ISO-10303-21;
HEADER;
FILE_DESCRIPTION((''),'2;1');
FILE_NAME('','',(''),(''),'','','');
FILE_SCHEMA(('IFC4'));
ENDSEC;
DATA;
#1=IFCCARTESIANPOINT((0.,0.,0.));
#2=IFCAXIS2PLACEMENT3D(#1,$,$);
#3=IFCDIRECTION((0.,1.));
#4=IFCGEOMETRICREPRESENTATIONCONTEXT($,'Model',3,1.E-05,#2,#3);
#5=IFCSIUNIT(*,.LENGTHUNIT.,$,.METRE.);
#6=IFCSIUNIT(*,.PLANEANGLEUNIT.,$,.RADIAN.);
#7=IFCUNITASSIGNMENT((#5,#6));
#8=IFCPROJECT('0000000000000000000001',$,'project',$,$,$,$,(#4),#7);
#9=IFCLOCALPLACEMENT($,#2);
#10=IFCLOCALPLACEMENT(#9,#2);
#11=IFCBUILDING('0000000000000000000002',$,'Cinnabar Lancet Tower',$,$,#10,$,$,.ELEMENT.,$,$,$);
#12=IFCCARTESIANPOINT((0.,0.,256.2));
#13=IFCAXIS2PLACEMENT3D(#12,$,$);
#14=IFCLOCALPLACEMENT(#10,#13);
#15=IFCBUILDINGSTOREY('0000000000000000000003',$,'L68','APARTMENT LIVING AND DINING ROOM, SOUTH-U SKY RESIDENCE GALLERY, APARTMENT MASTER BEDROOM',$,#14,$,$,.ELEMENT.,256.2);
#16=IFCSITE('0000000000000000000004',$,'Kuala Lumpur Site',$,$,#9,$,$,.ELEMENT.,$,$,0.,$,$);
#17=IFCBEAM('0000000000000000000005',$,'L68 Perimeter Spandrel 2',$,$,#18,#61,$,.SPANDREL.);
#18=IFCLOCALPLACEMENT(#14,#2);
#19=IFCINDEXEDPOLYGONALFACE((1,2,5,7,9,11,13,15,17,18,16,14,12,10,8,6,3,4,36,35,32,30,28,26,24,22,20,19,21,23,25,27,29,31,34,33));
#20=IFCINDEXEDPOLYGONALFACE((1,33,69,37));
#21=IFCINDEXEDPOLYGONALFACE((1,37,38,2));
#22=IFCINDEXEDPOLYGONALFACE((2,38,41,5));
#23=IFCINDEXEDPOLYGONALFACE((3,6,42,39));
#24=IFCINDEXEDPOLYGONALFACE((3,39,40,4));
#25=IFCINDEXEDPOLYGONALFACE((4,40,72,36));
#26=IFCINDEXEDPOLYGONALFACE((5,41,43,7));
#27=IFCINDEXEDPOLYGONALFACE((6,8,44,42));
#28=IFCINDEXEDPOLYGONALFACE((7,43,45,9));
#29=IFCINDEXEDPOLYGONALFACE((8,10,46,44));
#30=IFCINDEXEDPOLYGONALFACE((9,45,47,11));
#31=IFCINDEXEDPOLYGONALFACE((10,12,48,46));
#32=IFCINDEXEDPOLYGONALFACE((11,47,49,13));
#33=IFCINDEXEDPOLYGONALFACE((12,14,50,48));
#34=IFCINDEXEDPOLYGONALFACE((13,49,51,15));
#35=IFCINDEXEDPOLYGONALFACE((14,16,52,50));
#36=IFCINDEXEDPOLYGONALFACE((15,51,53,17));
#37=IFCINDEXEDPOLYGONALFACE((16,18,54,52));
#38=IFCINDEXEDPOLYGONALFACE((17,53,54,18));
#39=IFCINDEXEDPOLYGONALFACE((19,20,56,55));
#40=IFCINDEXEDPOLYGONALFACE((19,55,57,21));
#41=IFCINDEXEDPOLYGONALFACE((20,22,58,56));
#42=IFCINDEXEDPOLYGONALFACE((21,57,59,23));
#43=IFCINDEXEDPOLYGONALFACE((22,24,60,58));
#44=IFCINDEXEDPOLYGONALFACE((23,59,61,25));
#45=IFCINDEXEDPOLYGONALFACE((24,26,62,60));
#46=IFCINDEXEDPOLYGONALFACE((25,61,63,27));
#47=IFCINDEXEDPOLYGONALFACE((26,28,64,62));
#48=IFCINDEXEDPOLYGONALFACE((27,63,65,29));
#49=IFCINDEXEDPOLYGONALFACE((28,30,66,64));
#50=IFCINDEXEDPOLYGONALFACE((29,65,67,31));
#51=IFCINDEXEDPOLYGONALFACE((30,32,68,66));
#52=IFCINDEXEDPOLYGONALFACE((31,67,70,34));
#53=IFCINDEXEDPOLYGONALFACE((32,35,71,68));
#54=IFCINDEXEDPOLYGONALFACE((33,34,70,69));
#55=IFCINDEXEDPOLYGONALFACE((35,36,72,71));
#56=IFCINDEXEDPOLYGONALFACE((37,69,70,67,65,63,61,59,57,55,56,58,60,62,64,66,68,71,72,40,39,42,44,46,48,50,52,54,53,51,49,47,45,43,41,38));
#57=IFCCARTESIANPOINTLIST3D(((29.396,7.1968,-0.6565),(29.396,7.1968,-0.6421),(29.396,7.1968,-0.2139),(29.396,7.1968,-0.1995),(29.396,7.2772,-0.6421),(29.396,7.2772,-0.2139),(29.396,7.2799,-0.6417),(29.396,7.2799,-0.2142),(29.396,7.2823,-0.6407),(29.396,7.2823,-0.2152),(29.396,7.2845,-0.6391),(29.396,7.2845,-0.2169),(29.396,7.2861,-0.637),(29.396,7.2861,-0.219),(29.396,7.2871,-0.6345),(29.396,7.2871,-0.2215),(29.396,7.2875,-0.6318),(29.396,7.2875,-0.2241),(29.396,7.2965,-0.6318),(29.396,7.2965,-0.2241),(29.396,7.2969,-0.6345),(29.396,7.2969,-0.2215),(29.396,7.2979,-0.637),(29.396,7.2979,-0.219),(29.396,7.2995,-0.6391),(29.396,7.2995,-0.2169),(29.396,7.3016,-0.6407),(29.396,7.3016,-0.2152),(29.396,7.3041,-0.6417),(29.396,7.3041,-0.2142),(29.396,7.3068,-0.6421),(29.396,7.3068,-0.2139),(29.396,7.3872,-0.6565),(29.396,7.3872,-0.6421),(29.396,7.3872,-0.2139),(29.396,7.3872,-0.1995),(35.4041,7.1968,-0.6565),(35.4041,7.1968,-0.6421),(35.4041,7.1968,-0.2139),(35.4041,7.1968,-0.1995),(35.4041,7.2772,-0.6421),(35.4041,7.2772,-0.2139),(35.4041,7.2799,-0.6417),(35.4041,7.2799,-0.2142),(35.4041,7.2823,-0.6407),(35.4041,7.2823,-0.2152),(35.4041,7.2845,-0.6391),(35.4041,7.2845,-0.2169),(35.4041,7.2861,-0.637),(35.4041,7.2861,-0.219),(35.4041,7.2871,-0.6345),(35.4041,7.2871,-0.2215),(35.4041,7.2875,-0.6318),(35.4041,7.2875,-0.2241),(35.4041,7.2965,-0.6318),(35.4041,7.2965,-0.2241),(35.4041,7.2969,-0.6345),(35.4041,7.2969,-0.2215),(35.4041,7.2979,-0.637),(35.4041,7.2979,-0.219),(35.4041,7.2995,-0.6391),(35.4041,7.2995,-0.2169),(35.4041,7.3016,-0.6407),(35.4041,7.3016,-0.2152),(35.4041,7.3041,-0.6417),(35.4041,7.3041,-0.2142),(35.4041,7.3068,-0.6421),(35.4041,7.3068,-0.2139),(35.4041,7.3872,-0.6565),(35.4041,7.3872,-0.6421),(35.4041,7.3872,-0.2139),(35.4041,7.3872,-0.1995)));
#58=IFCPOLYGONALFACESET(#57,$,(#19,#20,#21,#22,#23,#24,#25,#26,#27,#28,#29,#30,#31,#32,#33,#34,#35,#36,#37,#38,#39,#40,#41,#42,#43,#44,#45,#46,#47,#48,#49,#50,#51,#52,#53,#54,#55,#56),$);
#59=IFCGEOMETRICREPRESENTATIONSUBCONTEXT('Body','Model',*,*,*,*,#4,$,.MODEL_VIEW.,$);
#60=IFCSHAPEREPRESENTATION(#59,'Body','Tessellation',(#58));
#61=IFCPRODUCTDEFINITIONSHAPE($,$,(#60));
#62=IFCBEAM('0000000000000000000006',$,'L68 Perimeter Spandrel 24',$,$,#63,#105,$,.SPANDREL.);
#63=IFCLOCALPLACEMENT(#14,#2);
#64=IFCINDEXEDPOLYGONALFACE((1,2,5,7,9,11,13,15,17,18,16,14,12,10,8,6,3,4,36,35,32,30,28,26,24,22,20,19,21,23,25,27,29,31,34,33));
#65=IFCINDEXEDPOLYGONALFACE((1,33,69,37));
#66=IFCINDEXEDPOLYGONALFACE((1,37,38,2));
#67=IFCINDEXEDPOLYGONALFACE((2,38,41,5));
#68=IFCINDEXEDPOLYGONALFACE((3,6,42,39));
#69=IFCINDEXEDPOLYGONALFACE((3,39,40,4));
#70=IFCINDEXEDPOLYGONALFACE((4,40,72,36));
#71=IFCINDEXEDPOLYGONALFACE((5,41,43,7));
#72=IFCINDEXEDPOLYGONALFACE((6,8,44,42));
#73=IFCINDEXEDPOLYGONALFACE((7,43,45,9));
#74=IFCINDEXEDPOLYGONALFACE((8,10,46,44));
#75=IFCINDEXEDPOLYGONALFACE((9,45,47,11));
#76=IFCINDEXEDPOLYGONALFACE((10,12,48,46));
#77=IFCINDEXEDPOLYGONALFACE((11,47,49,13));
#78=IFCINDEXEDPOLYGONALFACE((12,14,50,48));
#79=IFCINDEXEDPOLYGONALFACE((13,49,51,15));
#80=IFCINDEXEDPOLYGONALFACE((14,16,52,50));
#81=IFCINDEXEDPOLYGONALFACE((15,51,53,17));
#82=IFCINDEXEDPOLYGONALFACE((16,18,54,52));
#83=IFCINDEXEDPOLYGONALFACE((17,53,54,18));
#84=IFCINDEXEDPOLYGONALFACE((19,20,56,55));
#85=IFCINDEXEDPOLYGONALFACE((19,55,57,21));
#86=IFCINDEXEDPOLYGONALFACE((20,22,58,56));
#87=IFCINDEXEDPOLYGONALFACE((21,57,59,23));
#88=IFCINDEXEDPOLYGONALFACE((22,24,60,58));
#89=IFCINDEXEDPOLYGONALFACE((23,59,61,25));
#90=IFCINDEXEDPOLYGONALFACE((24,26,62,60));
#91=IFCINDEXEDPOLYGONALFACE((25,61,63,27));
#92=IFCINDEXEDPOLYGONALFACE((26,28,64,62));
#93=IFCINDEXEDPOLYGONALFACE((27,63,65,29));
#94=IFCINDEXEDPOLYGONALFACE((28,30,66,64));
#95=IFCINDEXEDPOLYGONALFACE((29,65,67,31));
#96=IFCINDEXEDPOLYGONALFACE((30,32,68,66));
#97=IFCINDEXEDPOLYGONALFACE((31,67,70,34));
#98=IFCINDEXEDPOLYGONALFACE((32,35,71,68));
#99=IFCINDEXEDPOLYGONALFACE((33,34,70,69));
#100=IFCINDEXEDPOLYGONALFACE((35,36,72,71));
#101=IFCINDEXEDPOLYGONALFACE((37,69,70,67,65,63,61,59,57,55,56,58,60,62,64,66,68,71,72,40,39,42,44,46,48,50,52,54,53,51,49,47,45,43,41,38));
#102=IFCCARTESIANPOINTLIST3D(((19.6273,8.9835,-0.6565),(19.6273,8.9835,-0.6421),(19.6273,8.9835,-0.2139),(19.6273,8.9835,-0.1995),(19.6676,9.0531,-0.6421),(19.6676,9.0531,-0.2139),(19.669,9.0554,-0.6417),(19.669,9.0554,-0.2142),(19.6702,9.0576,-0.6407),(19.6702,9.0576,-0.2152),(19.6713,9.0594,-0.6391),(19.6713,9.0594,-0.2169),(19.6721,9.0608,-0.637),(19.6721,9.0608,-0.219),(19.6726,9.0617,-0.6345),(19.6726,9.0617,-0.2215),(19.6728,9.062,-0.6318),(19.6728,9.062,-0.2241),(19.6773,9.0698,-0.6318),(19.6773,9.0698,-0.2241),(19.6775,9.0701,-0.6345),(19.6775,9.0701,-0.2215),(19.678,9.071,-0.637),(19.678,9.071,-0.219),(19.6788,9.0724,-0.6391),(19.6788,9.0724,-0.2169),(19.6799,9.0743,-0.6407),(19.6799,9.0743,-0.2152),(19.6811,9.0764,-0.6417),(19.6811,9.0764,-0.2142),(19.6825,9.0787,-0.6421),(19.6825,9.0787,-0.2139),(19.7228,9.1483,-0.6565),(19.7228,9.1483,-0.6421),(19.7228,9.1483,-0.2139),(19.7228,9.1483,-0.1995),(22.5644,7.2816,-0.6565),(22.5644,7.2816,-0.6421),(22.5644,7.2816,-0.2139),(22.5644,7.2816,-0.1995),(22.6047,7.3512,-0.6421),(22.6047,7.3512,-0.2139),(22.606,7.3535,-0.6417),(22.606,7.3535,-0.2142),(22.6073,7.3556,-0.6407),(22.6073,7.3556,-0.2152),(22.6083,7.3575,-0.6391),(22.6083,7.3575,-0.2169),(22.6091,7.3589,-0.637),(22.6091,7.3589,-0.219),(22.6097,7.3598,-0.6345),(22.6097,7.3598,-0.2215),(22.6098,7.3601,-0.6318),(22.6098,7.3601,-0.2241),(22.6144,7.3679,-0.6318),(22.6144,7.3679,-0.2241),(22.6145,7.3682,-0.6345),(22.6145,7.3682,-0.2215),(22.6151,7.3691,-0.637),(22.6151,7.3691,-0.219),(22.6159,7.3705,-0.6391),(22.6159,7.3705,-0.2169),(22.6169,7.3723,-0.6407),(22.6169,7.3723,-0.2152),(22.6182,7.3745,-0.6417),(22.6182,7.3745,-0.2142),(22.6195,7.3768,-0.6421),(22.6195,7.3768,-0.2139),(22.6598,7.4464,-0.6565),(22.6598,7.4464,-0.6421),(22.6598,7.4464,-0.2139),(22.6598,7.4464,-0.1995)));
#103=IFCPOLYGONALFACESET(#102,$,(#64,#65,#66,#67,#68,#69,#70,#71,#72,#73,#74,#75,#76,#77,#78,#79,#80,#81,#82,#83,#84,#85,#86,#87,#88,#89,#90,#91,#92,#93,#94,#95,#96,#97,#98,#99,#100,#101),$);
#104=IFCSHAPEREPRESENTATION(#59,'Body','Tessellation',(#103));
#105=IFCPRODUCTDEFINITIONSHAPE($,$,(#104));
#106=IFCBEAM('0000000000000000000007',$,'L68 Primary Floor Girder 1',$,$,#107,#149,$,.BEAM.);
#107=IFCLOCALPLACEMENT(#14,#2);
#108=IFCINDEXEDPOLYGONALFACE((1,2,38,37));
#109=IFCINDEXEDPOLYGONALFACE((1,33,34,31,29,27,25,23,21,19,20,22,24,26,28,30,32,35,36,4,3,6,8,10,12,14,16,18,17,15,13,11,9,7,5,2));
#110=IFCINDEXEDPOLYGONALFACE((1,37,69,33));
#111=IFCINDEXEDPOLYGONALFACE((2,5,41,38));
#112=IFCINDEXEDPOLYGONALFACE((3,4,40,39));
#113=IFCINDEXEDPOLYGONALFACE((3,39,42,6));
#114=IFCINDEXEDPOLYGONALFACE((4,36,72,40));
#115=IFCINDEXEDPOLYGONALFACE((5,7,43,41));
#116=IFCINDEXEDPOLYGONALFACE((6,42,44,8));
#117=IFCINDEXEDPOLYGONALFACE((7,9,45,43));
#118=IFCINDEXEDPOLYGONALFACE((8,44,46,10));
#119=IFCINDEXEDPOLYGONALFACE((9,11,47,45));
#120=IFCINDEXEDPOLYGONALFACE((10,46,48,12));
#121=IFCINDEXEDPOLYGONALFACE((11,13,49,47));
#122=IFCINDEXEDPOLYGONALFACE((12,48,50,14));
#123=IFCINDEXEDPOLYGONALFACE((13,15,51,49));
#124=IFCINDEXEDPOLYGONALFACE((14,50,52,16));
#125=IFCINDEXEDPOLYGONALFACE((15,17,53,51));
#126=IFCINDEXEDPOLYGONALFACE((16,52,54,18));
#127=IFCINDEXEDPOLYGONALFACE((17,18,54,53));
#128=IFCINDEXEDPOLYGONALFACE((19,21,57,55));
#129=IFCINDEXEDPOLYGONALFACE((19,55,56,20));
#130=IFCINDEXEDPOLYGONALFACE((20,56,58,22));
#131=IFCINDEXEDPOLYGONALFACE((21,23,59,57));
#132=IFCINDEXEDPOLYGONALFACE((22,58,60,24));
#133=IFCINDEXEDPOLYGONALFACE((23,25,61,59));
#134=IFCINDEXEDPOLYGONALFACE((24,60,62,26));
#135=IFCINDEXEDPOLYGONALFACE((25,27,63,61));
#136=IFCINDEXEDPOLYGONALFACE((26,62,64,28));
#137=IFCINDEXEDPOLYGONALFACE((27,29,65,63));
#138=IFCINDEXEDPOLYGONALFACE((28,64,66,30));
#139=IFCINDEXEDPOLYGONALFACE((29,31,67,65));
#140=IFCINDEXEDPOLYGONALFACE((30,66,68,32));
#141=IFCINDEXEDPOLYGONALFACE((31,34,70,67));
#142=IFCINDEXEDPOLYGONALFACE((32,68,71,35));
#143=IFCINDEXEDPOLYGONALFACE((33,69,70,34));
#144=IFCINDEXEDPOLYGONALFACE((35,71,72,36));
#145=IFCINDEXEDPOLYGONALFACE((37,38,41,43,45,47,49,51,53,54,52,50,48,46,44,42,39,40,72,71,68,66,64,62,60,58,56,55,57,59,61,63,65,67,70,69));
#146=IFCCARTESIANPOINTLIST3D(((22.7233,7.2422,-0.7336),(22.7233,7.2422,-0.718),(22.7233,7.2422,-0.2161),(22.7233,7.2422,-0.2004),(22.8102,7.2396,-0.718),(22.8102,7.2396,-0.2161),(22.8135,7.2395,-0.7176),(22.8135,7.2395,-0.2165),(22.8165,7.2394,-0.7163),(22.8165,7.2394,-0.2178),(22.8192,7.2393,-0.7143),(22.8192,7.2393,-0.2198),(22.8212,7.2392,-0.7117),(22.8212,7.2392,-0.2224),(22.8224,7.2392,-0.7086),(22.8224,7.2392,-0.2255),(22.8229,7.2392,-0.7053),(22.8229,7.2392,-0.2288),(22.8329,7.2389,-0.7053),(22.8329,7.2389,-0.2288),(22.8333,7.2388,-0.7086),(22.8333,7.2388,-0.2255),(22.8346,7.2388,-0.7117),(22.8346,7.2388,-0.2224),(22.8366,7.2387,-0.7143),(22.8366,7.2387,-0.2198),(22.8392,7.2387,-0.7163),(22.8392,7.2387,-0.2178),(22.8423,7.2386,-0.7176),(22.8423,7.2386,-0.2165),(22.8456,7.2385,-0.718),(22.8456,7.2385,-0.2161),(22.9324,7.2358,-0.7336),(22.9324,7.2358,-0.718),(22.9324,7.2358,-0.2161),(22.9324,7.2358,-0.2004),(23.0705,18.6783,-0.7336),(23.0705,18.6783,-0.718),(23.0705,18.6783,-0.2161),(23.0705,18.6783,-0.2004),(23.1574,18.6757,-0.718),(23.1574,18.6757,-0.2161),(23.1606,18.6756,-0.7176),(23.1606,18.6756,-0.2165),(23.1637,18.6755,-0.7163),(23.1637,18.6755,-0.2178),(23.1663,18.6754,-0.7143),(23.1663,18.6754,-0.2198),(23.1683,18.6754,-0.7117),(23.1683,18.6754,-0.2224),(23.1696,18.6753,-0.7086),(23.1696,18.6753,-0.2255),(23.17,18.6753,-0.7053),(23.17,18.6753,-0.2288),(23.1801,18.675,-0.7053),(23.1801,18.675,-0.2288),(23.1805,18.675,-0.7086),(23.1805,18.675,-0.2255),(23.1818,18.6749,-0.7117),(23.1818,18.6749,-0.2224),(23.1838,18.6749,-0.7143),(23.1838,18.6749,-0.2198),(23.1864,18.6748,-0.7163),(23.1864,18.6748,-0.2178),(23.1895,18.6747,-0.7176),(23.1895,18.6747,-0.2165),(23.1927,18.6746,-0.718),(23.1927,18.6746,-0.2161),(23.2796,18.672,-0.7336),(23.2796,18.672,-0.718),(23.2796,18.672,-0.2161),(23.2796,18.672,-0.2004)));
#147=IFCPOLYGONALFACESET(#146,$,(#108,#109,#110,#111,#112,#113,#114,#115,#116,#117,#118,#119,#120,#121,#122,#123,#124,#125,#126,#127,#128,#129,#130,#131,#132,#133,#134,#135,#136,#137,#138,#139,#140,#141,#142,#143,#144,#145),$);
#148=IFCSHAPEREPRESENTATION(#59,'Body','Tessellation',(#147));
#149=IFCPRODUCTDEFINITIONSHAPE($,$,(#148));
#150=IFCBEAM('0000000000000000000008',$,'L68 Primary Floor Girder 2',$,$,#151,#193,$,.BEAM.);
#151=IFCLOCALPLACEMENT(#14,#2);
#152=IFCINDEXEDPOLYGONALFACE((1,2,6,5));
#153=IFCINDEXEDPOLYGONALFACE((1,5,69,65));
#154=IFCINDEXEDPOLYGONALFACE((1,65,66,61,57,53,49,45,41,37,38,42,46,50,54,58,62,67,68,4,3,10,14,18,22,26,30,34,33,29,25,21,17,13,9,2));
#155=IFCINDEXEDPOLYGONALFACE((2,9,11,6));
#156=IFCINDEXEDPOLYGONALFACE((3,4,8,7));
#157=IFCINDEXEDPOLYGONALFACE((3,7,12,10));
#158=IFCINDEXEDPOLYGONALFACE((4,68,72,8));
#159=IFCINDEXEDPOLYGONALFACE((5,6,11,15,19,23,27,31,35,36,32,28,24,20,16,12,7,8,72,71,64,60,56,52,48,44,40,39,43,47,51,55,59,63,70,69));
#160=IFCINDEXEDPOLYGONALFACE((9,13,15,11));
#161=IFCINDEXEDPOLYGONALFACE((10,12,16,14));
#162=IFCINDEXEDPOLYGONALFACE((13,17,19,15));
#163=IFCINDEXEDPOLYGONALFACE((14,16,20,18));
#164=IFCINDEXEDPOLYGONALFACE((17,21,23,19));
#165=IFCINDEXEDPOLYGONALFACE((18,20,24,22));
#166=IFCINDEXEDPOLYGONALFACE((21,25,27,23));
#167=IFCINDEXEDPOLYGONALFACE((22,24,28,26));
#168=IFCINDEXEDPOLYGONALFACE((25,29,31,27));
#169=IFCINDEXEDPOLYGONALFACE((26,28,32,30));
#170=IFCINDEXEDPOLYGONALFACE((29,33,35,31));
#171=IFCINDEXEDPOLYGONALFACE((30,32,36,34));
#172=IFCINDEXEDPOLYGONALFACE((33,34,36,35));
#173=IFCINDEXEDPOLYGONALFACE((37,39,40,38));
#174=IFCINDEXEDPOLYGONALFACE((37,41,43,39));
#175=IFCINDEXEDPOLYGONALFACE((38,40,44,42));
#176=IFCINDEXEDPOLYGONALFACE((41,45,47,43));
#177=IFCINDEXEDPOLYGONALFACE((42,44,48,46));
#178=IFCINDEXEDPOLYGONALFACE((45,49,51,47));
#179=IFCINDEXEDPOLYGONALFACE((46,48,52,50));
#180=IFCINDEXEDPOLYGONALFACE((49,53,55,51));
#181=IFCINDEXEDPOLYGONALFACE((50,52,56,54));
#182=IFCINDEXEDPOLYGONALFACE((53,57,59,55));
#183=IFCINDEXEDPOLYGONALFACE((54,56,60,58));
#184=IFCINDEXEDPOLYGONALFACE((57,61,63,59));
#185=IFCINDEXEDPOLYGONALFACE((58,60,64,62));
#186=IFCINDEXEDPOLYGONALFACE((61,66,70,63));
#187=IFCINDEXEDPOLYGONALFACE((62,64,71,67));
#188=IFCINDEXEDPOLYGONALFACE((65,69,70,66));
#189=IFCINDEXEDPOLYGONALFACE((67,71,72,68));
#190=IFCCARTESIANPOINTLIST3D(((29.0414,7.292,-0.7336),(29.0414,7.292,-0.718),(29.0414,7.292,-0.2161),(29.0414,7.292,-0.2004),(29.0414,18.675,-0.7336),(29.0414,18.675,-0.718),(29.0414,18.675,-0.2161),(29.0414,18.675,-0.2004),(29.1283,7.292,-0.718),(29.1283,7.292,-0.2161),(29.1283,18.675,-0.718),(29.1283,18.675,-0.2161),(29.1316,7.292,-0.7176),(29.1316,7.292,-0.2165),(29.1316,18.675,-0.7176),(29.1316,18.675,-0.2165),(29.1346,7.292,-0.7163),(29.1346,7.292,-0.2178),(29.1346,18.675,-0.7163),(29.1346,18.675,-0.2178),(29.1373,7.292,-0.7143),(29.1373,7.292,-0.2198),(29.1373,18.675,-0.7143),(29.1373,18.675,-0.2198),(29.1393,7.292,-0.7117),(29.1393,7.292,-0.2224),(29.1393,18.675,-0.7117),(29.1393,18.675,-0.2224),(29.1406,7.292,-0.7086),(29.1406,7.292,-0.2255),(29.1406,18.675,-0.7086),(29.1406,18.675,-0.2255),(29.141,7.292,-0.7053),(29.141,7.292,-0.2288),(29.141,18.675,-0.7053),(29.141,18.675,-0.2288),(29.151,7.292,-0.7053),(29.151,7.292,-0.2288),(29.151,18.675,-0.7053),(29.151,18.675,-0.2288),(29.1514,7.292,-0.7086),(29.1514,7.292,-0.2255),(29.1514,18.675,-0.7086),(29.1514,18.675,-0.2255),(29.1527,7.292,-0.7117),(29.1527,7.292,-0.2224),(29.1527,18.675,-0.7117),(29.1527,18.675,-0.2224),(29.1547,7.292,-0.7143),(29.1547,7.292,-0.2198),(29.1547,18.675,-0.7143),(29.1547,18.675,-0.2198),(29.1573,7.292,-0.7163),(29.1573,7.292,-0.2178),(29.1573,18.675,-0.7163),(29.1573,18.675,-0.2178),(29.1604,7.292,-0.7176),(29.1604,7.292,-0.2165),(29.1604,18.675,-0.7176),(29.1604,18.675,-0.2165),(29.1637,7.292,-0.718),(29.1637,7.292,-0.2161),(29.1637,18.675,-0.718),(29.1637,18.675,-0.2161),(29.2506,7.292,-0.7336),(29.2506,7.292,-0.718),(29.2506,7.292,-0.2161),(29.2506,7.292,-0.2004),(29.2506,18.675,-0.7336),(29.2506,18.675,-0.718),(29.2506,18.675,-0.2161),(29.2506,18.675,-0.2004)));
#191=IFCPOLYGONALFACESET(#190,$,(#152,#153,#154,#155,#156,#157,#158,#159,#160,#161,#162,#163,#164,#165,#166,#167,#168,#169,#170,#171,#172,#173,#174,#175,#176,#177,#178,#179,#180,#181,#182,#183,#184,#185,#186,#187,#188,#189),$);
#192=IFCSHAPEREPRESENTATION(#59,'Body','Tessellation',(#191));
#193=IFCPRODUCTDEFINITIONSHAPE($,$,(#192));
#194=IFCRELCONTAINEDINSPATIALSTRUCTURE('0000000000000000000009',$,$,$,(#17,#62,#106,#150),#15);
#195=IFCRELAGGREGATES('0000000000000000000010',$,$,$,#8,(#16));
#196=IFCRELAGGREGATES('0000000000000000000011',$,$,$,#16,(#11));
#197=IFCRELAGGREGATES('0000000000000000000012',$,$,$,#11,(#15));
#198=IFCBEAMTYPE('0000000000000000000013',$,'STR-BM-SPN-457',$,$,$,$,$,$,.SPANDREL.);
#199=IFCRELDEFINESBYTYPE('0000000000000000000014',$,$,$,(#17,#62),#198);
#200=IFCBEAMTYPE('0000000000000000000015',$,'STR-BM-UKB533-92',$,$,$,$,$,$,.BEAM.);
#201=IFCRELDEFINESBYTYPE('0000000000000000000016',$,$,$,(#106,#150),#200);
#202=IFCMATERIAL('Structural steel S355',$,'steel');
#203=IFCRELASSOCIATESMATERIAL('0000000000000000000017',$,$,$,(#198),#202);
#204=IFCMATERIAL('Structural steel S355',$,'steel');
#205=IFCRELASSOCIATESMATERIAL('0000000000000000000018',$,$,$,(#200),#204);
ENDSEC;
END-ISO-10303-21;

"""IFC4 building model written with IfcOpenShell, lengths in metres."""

from ifc_helpers import new_model, si_unit, direction, frame, origin, origin_2d, place, context, subcontext, project, spatial, i_section, extrude, material, material_profile, profile_set, type_object, element, save


model = new_model("IFC4")

# Units and contexts
model_context = context("Model", 3, precision=1e-05, world=origin(), true_north=direction((0.0, 1.0)))
body_context = subcontext(model_context, "Body", "Model", "MODEL_VIEW")
ifc_project = project(units=[si_unit("LENGTHUNIT", "METRE"), si_unit("PLANEANGLEUNIT", "RADIAN")], contexts=[model_context])

# Site, building, storey
site_placement = place(None, origin())
site = spatial("IfcSite", under=ifc_project, at=site_placement, Name="Kuala Lumpur Site", CompositionType="ELEMENT", RefElevation=0.0)
building_placement = place(site_placement, origin())
building = spatial("IfcBuilding", under=site, at=building_placement, Name="Cinnabar Lancet Tower", CompositionType="ELEMENT")
storey_placement = place(building_placement, frame((0.0, 0.0, 256.2)))
storey = spatial("IfcBuildingStorey", under=building, at=storey_placement, Name="L68", Description="APARTMENT LIVING AND DINING ROOM, SOUTH-U SKY RESIDENCE GALLERY, APARTMENT MASTER BEDROOM", CompositionType="ELEMENT", Elevation=256.2)

# Beams
ifc_material_1 = material(Name="Structural steel S355", Category="steel")
ifc_material_profile_1 = material_profile(ifc_material_1, i_section(OverallWidth=0.1904, OverallDepth=0.457, WebThickness=0.009, FlangeThickness=0.0144, FilletRadius=0.0103, at=origin_2d()), Name="UKB 457x191x74")
ifc_profile_set_1 = profile_set([ifc_material_profile_1], Name="Structural steel S355")
beam_type_1 = type_object("IfcBeamType", Name="STR-BM-SPN-457", PredefinedType="SPANDREL", material=ifc_profile_set_1)
beam_1_placement = place(storey_placement, frame((29.396, 7.292, -0.428), z_axis=(1.0, 0.0, 0.0), x_axis=(0.0, 1.0, 0.0)))
element("IfcBeam", 1, at=beam_1_placement, inside=storey, type_object=beam_type_1, Name="L68 Perimeter Spandrel 2", PredefinedType="SPANDREL", context=body_context, shape_type="SweptSolid", body=[
    extrude(i_section(OverallWidth=0.1904, OverallDepth=0.457, WebThickness=0.009, FlangeThickness=0.0144, FilletRadius=0.0103, at=origin_2d()), origin(), (0.0, 0.0, 1.0), 6.0081),
])
beam_2_placement = place(storey_placement, frame((19.675, 9.0659, -0.428), z_axis=(0.865231, -0.501374, 0.0), x_axis=(0.501374, 0.865231, 0.0)))
element("IfcBeam", 2, at=beam_2_placement, inside=storey, type_object=beam_type_1, Name="L68 Perimeter Spandrel 24", PredefinedType="SPANDREL", context=body_context, shape_type="SweptSolid", body=[
    extrude(i_section(OverallWidth=0.1904, OverallDepth=0.457, WebThickness=0.009, FlangeThickness=0.0144, FilletRadius=0.0103, at=origin_2d()), origin(), (0.0, 0.0, 1.0), 3.3945),
])
ifc_material_2 = material(Name="Structural steel S355", Category="steel")
ifc_material_profile_2 = material_profile(ifc_material_2, i_section(OverallWidth=0.2092, OverallDepth=0.5332, WebThickness=0.01, FlangeThickness=0.0156, FilletRadius=0.0127, at=origin_2d()), Name="UKB 533x210x92")
ifc_profile_set_2 = profile_set([ifc_material_profile_2], Name="Structural steel S355")
beam_type_2 = type_object("IfcBeamType", Name="STR-BM-UKB533-92", PredefinedType="BEAM", material=ifc_profile_set_2)
beam_3_placement = place(storey_placement, frame((22.8279, 7.239, -0.467), z_axis=(0.030343, 0.99954, 0.0), x_axis=(-0.99954, 0.030343, 0.0)))
element("IfcBeam", 3, at=beam_3_placement, inside=storey, type_object=beam_type_2, Name="L68 Primary Floor Girder 1", PredefinedType="BEAM", context=body_context, shape_type="SweptSolid", body=[
    extrude(i_section(OverallWidth=0.2092, OverallDepth=0.5332, WebThickness=0.01, FlangeThickness=0.0156, FilletRadius=0.0127, at=origin_2d()), origin(), (0.0, 0.0, 1.0), 11.4414),
])
beam_4_placement = place(storey_placement, frame((29.146, 7.292, -0.467), z_axis=(0.0, 1.0, 0.0), x_axis=(-1.0, 0.0, 0.0)))
element("IfcBeam", 4, at=beam_4_placement, inside=storey, type_object=beam_type_2, Name="L68 Primary Floor Girder 2", PredefinedType="BEAM", context=body_context, shape_type="SweptSolid", body=[
    extrude(i_section(OverallWidth=0.2092, OverallDepth=0.5332, WebThickness=0.01, FlangeThickness=0.0156, FilletRadius=0.0127, at=origin_2d()), origin(), (0.0, 0.0, 1.0), 11.3831),
])

save(model, "model.ifc")
